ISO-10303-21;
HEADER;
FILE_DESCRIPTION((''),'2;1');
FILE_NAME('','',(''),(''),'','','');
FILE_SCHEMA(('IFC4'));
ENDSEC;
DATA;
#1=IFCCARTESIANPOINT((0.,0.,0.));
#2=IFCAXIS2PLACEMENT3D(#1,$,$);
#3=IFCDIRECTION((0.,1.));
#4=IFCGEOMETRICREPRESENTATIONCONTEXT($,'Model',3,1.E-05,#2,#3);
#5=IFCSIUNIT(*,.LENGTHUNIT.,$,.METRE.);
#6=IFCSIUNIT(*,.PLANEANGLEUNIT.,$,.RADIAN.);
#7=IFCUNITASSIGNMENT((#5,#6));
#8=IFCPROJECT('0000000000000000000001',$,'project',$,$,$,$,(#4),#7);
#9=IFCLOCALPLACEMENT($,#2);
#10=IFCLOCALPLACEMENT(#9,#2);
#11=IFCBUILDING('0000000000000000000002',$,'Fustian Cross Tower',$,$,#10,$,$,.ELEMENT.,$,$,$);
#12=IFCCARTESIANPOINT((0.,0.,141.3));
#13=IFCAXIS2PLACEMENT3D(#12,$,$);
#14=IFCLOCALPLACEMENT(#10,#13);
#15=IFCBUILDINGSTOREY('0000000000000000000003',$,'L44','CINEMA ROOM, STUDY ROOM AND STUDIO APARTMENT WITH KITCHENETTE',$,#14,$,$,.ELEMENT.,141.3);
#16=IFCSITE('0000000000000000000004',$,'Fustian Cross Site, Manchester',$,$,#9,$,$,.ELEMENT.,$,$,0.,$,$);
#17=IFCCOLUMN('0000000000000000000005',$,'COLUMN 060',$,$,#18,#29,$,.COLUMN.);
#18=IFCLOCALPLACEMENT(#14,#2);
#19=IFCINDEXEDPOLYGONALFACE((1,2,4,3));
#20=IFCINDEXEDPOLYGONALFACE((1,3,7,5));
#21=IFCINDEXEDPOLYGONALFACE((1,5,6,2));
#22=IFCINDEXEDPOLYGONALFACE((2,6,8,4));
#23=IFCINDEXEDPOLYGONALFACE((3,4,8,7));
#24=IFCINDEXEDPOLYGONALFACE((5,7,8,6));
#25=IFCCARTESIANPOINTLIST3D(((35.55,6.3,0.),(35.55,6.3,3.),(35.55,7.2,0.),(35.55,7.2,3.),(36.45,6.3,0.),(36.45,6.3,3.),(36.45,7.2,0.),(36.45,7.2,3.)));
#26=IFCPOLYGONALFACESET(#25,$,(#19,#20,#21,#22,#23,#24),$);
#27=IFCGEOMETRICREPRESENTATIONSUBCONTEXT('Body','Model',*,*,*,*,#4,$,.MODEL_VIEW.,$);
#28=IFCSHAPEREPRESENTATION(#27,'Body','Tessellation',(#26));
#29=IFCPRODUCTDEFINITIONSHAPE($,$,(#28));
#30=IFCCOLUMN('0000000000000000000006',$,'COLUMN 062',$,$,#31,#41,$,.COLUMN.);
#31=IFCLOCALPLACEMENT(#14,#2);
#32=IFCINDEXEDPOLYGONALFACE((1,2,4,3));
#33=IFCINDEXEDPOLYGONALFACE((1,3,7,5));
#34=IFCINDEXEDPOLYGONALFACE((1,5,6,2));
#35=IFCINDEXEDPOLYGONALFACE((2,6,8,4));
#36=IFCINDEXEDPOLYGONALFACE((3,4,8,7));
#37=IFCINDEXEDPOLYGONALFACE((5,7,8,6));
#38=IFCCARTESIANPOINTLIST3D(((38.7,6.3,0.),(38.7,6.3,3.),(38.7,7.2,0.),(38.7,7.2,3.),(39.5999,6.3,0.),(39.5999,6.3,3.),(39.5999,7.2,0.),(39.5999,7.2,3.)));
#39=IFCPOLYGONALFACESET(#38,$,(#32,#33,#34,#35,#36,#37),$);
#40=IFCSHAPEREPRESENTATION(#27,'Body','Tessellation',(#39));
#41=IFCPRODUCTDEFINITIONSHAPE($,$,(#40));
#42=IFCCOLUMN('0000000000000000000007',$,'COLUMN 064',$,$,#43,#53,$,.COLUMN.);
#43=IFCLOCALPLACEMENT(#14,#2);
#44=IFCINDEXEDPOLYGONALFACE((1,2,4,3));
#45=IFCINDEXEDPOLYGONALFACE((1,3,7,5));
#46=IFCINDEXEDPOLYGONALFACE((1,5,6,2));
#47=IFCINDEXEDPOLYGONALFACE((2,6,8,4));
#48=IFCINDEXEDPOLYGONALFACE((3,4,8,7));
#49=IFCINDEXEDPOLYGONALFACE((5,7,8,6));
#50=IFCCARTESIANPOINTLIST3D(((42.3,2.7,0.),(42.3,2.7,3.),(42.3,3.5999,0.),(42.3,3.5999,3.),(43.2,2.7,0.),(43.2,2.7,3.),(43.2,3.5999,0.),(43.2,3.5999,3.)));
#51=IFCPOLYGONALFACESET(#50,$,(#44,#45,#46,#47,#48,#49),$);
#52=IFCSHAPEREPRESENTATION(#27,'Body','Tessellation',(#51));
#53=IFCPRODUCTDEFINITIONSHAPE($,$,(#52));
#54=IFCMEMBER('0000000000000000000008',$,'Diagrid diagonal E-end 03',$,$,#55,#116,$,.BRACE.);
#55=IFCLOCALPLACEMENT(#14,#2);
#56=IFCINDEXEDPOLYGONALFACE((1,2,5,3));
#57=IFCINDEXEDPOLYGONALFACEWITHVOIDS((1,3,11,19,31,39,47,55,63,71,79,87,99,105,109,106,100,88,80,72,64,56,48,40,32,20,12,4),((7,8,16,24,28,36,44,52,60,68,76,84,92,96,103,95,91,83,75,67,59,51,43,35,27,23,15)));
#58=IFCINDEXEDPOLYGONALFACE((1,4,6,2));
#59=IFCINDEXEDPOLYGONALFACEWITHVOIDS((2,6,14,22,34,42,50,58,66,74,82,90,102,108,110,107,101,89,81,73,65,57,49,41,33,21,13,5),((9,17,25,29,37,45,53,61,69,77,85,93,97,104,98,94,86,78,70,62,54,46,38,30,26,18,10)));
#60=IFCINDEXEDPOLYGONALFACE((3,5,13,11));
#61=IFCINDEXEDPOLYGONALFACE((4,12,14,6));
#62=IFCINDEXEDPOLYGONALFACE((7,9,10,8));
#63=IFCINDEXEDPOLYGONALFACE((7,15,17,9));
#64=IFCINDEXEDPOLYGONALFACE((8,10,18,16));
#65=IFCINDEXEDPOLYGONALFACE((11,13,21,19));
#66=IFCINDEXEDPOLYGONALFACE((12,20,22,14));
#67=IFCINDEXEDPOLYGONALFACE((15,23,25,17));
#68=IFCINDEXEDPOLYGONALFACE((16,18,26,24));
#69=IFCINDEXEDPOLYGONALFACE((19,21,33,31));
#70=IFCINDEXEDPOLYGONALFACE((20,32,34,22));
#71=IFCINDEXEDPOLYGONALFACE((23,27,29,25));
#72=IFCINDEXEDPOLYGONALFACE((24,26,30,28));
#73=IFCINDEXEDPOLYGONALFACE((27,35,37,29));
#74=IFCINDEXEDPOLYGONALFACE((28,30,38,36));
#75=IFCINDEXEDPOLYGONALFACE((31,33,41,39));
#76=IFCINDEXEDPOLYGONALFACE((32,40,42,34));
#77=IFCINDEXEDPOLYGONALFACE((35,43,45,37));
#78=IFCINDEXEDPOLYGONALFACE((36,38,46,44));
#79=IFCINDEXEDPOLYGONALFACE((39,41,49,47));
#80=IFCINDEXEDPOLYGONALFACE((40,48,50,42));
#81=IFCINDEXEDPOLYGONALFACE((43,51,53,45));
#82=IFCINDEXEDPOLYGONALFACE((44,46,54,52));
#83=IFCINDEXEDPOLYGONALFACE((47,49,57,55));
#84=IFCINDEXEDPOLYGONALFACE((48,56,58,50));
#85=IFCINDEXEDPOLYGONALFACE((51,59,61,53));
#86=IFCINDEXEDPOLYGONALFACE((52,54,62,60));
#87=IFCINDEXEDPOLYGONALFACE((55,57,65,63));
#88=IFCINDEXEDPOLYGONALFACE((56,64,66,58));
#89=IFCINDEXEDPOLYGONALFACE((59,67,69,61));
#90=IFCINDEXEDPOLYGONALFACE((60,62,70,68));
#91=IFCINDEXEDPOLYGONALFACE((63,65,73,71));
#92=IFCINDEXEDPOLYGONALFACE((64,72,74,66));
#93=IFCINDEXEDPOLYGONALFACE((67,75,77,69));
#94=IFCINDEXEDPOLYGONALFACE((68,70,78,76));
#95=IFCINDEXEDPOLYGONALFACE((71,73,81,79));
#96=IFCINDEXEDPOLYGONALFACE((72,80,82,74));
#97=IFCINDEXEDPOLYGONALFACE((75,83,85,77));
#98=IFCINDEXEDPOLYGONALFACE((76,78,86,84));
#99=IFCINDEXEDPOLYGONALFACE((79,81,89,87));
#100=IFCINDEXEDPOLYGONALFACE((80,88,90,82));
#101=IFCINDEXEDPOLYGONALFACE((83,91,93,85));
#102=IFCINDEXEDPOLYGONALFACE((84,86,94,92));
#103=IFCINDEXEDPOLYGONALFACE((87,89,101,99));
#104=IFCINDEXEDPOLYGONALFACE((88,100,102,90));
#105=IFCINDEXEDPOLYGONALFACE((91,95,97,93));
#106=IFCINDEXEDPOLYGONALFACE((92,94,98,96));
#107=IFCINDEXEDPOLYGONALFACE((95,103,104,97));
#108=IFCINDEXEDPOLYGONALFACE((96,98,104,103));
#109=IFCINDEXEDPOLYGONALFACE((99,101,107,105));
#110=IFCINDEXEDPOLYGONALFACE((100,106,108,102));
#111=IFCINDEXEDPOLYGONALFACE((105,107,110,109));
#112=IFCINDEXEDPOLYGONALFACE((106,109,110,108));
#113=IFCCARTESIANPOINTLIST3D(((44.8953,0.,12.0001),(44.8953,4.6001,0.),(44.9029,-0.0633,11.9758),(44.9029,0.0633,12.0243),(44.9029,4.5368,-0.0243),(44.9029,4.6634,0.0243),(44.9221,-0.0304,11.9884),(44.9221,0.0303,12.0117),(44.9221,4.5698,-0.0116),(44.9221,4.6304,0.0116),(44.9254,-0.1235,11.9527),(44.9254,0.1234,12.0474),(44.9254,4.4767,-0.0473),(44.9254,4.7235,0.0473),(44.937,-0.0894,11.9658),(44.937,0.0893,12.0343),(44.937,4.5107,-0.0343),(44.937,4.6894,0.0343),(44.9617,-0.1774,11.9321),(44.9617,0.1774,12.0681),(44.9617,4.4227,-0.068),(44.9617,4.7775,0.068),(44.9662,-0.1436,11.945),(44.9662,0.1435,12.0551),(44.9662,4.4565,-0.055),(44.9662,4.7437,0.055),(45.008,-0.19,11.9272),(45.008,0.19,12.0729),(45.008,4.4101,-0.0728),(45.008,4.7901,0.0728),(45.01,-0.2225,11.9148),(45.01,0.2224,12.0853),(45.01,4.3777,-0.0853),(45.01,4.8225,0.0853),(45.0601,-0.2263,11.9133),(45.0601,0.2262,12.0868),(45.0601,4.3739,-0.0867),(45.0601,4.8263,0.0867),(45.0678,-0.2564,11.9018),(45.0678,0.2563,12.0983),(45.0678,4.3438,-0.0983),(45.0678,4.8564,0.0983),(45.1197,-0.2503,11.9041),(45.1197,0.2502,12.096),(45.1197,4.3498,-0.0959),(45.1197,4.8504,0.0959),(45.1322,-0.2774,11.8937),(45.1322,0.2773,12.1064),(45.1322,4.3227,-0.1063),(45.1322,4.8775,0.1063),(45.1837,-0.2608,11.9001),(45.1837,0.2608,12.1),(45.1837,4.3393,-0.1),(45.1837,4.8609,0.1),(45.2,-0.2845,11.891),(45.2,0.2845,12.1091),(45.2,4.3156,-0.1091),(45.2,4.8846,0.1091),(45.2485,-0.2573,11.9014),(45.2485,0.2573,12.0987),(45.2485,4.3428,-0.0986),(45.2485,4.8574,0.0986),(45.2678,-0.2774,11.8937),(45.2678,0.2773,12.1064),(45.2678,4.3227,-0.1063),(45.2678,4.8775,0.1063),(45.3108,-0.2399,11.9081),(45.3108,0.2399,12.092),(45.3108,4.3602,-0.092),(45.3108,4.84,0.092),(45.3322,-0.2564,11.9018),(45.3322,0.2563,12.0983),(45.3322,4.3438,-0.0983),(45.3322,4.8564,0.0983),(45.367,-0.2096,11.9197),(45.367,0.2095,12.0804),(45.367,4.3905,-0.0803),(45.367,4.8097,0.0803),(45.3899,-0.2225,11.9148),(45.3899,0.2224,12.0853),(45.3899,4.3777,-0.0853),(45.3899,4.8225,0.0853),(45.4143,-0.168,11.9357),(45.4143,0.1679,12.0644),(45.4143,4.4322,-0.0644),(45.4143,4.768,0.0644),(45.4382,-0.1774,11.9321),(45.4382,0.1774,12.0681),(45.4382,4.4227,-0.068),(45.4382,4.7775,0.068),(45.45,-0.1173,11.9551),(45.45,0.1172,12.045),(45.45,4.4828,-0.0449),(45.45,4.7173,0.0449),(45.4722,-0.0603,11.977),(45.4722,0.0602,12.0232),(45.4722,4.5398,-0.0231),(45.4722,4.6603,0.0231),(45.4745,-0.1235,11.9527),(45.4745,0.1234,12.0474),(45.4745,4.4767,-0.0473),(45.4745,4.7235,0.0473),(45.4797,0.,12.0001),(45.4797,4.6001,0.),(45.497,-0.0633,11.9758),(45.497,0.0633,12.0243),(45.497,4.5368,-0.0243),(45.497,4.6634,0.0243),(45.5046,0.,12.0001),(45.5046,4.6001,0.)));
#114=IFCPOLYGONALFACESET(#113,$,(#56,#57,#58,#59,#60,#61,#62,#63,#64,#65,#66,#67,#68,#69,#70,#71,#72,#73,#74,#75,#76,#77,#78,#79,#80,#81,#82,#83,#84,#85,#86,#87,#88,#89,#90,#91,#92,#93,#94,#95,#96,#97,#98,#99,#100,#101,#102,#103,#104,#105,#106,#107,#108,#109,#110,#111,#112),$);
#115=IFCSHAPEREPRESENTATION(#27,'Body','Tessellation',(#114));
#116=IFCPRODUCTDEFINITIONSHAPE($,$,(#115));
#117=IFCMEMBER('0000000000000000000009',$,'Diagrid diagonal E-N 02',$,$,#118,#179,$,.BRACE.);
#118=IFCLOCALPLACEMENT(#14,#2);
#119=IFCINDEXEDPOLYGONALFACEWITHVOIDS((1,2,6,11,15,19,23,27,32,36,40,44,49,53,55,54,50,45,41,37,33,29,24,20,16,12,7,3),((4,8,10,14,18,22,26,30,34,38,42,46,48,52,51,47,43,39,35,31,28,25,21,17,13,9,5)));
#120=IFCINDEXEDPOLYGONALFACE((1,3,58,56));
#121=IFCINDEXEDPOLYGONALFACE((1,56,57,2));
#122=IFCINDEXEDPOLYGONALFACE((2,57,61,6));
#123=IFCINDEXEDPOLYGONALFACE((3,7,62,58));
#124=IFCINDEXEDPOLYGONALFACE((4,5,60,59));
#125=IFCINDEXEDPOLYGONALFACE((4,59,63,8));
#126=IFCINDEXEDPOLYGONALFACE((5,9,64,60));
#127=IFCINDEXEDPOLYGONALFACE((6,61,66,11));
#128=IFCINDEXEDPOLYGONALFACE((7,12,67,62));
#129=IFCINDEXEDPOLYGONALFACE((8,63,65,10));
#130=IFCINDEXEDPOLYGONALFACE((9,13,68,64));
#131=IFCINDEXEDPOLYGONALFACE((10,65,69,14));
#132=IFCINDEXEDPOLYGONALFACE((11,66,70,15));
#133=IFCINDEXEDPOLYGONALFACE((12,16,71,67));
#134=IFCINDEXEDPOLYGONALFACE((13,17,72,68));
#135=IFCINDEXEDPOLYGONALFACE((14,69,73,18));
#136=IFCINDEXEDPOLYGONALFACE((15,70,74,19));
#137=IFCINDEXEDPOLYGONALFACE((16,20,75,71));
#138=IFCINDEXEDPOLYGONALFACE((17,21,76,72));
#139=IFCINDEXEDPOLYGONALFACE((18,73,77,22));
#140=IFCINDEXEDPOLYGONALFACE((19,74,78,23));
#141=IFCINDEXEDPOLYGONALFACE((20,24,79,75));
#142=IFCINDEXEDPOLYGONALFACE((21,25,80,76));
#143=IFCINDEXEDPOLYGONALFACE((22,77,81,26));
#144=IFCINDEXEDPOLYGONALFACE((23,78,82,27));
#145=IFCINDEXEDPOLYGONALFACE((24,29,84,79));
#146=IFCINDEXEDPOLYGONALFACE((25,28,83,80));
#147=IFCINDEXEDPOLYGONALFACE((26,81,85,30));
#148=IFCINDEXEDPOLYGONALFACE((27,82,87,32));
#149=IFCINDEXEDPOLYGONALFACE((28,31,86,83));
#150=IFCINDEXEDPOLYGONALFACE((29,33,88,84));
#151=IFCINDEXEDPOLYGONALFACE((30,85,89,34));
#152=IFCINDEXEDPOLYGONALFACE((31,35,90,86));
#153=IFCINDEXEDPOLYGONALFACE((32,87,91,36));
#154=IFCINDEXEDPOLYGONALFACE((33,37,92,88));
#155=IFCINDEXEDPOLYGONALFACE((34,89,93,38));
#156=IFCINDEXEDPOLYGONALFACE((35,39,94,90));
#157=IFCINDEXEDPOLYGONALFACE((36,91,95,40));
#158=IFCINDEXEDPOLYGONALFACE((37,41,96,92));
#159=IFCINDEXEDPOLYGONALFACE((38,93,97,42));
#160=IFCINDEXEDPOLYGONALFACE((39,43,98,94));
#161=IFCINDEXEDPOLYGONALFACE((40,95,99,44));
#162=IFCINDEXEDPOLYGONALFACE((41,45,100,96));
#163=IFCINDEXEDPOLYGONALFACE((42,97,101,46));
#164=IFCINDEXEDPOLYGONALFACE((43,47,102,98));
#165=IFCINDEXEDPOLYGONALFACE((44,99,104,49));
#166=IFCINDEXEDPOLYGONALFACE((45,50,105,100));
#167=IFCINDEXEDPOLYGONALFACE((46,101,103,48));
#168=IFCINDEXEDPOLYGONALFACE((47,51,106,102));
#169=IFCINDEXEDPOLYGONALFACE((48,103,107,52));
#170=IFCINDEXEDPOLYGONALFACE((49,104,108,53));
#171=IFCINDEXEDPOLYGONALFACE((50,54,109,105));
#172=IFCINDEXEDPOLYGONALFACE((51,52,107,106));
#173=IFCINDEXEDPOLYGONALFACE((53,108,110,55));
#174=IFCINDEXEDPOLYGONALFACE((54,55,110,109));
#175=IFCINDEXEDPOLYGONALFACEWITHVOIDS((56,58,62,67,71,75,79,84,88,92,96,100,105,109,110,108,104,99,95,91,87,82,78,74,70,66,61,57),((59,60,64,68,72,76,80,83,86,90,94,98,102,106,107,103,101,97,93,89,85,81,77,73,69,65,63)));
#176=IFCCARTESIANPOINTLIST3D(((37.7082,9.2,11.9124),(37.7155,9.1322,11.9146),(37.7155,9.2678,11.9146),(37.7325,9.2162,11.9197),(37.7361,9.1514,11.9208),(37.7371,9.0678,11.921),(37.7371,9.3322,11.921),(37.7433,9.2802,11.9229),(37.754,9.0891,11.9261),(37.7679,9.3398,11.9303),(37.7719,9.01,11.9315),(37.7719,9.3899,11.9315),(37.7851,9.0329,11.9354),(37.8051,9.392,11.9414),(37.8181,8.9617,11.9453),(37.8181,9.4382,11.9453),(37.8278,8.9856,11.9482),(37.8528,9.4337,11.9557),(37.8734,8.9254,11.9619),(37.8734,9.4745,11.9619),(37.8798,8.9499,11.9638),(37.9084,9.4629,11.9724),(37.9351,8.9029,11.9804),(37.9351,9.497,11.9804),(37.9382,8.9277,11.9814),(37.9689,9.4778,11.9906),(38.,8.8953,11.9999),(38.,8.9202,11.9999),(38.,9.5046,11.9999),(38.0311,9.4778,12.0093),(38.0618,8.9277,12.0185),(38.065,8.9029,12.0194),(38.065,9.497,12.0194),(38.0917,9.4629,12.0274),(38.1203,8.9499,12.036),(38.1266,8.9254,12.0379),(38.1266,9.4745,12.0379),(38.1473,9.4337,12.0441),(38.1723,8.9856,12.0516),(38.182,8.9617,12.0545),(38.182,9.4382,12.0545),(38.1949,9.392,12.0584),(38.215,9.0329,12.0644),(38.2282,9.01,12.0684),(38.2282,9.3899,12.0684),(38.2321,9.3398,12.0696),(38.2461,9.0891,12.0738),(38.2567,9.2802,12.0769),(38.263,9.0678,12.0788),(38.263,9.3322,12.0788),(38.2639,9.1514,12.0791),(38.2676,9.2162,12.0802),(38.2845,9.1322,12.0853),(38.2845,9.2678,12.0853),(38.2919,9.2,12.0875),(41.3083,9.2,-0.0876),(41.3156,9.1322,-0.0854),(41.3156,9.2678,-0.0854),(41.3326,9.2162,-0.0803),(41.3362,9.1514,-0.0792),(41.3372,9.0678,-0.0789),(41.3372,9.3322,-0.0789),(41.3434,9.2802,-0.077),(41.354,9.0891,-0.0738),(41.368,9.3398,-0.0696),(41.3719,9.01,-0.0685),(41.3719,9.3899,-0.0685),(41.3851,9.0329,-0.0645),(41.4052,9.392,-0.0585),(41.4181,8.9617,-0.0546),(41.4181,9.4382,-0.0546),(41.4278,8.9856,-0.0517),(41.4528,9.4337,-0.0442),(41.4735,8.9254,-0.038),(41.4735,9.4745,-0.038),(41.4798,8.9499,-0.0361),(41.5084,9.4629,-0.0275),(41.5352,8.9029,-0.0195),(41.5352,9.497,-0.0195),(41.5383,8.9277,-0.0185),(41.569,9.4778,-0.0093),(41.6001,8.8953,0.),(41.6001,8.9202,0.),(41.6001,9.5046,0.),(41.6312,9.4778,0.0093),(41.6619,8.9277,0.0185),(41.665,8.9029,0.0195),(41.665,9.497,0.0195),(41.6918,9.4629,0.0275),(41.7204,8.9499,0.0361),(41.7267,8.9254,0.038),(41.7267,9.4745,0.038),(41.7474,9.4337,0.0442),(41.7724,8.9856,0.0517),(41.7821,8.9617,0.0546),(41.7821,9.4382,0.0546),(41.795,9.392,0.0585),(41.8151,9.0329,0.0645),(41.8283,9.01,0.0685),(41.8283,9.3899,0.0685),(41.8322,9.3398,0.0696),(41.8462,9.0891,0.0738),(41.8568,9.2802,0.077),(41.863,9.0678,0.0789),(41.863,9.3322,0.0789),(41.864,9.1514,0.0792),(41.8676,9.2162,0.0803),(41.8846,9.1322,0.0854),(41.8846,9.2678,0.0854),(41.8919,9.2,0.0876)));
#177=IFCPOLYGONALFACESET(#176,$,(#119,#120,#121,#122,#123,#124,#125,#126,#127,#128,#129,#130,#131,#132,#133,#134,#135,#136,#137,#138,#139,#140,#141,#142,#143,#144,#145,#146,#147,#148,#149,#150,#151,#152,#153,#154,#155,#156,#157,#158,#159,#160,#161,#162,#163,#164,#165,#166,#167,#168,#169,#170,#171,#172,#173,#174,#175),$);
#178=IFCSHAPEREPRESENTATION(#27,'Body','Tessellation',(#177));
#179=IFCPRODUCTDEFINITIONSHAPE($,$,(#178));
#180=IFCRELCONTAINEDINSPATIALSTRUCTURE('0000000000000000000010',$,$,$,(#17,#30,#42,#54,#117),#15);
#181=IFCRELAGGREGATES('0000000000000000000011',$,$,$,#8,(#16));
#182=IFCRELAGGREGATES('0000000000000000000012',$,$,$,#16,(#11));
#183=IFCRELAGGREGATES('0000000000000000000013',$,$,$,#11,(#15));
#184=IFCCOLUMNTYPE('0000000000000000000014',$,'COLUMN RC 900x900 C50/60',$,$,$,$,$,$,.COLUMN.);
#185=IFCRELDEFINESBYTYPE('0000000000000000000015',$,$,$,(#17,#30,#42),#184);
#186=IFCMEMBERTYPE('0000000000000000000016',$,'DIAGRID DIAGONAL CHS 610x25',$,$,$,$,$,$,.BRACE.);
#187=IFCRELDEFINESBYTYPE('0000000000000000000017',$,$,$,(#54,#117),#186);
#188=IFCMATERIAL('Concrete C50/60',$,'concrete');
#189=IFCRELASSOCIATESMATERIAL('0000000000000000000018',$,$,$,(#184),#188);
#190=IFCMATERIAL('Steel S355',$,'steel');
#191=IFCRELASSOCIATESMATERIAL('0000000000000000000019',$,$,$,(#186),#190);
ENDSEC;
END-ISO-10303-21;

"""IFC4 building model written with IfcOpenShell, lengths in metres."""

from ifc_helpers import new_model, si_unit, direction, frame, origin, origin_2d, place, context, subcontext, project, spatial, rectangle, hollow_circle, extrude, material, material_profile, profile_set, type_object, element, save


model = new_model("IFC4")

# Units and contexts
model_context = context("Model", 3, precision=1e-05, world=origin(), true_north=direction((0.0, 1.0)))
body_context = subcontext(model_context, "Body", "Model", "MODEL_VIEW")
ifc_project = project(units=[si_unit("LENGTHUNIT", "METRE"), si_unit("PLANEANGLEUNIT", "RADIAN")], contexts=[model_context])

# Site, building, storey
site_placement = place(None, origin())
site = spatial("IfcSite", under=ifc_project, at=site_placement, Name="Fustian Cross Site, Manchester", CompositionType="ELEMENT", RefElevation=0.0)
building_placement = place(site_placement, origin())
building = spatial("IfcBuilding", under=site, at=building_placement, Name="Fustian Cross Tower", CompositionType="ELEMENT")
storey_placement = place(building_placement, frame((0.0, 0.0, 141.3)))
storey = spatial("IfcBuildingStorey", under=building, at=storey_placement, Name="L44", Description="CINEMA ROOM, STUDY ROOM AND STUDIO APARTMENT WITH KITCHENETTE", CompositionType="ELEMENT", Elevation=141.3)

# Columns
ifc_material_1 = material(Name="Concrete C50/60", Category="concrete")
ifc_material_profile_1 = material_profile(ifc_material_1, rectangle(XDim=0.8999, YDim=0.8999, at=origin_2d()), Name="RC 900x900")
ifc_profile_set_1 = profile_set([ifc_material_profile_1], Name="Concrete C50/60")
column_type = type_object("IfcColumnType", Name="COLUMN RC 900x900 C50/60", PredefinedType="COLUMN", material=ifc_profile_set_1)
for number, where, z_axis, x_axis, name in (
    (1, (36.0, 6.75, 0.0), (0.0, 0.0, 1.0), (1.0, 0.0, 0.0), "COLUMN 060"),
    (2, (39.1499, 6.75, 0.0), (0.0, 0.0, 1.0), (1.0, 0.0, 0.0), "COLUMN 062"),
    (3, (42.75, 3.1499, 0.0), (0.0, 0.0, 1.0), (1.0, 0.0, 0.0), "COLUMN 064"),
):
    element("IfcColumn", number, at=place(storey_placement, frame(where, z_axis=z_axis, x_axis=x_axis)), inside=storey, type_object=column_type, Name=name, PredefinedType="COLUMN", context=body_context, shape_type="SweptSolid", body=[
        extrude(rectangle(XDim=0.8999, YDim=0.8999, at=origin_2d()), origin(), (0.0, 0.0, 1.0), 3.0),
    ])

# Members
ifc_material_2 = material(Name="Steel S355", Category="steel")
ifc_material_profile_2 = material_profile(ifc_material_2, hollow_circle(Radius=0.3047, WallThickness=0.0249, at=origin_2d()), Name="CHS 610x25")
ifc_profile_set_2 = profile_set([ifc_material_profile_2], Name="Steel S355")
member_type_1 = type_object("IfcMemberType", Name="DIAGRID DIAGONAL CHS 610x25", PredefinedType="BRACE", material=ifc_profile_set_2)
member_1_placement = place(storey_placement, frame((45.2, 4.6001, 0.0), z_axis=(0.0, -0.357943, 0.933744), x_axis=(1.0, 0.0, 0.0)))
element("IfcMember", 4, at=member_1_placement, inside=storey, type_object=member_type_1, Name="Diagrid diagonal E-end 03", PredefinedType="BRACE", context=body_context, shape_type="SweptSolid", body=[
    extrude(hollow_circle(Radius=0.3047, WallThickness=0.0249, at=origin_2d()), origin(), (0.0, 0.0, 1.0), 12.8516),
])
for number, where, z_axis, x_axis, name in (
    (5, (41.6001, 9.2, 0.0), (-0.287355, 0.0, 0.957824), (0.0, -1.0, 0.0), "Diagrid diagonal E-N 02"),
):
    element("IfcMember", number, at=place(storey_placement, frame(where, z_axis=z_axis, x_axis=x_axis)), inside=storey, type_object=member_type_1, Name=name, PredefinedType="BRACE", context=body_context, shape_type="SweptSolid", body=[
        extrude(hollow_circle(Radius=0.3047, WallThickness=0.0249, at=origin_2d()), origin(), (0.0, 0.0, 1.0), 12.5283),
    ])

save(model, "model.ifc")
